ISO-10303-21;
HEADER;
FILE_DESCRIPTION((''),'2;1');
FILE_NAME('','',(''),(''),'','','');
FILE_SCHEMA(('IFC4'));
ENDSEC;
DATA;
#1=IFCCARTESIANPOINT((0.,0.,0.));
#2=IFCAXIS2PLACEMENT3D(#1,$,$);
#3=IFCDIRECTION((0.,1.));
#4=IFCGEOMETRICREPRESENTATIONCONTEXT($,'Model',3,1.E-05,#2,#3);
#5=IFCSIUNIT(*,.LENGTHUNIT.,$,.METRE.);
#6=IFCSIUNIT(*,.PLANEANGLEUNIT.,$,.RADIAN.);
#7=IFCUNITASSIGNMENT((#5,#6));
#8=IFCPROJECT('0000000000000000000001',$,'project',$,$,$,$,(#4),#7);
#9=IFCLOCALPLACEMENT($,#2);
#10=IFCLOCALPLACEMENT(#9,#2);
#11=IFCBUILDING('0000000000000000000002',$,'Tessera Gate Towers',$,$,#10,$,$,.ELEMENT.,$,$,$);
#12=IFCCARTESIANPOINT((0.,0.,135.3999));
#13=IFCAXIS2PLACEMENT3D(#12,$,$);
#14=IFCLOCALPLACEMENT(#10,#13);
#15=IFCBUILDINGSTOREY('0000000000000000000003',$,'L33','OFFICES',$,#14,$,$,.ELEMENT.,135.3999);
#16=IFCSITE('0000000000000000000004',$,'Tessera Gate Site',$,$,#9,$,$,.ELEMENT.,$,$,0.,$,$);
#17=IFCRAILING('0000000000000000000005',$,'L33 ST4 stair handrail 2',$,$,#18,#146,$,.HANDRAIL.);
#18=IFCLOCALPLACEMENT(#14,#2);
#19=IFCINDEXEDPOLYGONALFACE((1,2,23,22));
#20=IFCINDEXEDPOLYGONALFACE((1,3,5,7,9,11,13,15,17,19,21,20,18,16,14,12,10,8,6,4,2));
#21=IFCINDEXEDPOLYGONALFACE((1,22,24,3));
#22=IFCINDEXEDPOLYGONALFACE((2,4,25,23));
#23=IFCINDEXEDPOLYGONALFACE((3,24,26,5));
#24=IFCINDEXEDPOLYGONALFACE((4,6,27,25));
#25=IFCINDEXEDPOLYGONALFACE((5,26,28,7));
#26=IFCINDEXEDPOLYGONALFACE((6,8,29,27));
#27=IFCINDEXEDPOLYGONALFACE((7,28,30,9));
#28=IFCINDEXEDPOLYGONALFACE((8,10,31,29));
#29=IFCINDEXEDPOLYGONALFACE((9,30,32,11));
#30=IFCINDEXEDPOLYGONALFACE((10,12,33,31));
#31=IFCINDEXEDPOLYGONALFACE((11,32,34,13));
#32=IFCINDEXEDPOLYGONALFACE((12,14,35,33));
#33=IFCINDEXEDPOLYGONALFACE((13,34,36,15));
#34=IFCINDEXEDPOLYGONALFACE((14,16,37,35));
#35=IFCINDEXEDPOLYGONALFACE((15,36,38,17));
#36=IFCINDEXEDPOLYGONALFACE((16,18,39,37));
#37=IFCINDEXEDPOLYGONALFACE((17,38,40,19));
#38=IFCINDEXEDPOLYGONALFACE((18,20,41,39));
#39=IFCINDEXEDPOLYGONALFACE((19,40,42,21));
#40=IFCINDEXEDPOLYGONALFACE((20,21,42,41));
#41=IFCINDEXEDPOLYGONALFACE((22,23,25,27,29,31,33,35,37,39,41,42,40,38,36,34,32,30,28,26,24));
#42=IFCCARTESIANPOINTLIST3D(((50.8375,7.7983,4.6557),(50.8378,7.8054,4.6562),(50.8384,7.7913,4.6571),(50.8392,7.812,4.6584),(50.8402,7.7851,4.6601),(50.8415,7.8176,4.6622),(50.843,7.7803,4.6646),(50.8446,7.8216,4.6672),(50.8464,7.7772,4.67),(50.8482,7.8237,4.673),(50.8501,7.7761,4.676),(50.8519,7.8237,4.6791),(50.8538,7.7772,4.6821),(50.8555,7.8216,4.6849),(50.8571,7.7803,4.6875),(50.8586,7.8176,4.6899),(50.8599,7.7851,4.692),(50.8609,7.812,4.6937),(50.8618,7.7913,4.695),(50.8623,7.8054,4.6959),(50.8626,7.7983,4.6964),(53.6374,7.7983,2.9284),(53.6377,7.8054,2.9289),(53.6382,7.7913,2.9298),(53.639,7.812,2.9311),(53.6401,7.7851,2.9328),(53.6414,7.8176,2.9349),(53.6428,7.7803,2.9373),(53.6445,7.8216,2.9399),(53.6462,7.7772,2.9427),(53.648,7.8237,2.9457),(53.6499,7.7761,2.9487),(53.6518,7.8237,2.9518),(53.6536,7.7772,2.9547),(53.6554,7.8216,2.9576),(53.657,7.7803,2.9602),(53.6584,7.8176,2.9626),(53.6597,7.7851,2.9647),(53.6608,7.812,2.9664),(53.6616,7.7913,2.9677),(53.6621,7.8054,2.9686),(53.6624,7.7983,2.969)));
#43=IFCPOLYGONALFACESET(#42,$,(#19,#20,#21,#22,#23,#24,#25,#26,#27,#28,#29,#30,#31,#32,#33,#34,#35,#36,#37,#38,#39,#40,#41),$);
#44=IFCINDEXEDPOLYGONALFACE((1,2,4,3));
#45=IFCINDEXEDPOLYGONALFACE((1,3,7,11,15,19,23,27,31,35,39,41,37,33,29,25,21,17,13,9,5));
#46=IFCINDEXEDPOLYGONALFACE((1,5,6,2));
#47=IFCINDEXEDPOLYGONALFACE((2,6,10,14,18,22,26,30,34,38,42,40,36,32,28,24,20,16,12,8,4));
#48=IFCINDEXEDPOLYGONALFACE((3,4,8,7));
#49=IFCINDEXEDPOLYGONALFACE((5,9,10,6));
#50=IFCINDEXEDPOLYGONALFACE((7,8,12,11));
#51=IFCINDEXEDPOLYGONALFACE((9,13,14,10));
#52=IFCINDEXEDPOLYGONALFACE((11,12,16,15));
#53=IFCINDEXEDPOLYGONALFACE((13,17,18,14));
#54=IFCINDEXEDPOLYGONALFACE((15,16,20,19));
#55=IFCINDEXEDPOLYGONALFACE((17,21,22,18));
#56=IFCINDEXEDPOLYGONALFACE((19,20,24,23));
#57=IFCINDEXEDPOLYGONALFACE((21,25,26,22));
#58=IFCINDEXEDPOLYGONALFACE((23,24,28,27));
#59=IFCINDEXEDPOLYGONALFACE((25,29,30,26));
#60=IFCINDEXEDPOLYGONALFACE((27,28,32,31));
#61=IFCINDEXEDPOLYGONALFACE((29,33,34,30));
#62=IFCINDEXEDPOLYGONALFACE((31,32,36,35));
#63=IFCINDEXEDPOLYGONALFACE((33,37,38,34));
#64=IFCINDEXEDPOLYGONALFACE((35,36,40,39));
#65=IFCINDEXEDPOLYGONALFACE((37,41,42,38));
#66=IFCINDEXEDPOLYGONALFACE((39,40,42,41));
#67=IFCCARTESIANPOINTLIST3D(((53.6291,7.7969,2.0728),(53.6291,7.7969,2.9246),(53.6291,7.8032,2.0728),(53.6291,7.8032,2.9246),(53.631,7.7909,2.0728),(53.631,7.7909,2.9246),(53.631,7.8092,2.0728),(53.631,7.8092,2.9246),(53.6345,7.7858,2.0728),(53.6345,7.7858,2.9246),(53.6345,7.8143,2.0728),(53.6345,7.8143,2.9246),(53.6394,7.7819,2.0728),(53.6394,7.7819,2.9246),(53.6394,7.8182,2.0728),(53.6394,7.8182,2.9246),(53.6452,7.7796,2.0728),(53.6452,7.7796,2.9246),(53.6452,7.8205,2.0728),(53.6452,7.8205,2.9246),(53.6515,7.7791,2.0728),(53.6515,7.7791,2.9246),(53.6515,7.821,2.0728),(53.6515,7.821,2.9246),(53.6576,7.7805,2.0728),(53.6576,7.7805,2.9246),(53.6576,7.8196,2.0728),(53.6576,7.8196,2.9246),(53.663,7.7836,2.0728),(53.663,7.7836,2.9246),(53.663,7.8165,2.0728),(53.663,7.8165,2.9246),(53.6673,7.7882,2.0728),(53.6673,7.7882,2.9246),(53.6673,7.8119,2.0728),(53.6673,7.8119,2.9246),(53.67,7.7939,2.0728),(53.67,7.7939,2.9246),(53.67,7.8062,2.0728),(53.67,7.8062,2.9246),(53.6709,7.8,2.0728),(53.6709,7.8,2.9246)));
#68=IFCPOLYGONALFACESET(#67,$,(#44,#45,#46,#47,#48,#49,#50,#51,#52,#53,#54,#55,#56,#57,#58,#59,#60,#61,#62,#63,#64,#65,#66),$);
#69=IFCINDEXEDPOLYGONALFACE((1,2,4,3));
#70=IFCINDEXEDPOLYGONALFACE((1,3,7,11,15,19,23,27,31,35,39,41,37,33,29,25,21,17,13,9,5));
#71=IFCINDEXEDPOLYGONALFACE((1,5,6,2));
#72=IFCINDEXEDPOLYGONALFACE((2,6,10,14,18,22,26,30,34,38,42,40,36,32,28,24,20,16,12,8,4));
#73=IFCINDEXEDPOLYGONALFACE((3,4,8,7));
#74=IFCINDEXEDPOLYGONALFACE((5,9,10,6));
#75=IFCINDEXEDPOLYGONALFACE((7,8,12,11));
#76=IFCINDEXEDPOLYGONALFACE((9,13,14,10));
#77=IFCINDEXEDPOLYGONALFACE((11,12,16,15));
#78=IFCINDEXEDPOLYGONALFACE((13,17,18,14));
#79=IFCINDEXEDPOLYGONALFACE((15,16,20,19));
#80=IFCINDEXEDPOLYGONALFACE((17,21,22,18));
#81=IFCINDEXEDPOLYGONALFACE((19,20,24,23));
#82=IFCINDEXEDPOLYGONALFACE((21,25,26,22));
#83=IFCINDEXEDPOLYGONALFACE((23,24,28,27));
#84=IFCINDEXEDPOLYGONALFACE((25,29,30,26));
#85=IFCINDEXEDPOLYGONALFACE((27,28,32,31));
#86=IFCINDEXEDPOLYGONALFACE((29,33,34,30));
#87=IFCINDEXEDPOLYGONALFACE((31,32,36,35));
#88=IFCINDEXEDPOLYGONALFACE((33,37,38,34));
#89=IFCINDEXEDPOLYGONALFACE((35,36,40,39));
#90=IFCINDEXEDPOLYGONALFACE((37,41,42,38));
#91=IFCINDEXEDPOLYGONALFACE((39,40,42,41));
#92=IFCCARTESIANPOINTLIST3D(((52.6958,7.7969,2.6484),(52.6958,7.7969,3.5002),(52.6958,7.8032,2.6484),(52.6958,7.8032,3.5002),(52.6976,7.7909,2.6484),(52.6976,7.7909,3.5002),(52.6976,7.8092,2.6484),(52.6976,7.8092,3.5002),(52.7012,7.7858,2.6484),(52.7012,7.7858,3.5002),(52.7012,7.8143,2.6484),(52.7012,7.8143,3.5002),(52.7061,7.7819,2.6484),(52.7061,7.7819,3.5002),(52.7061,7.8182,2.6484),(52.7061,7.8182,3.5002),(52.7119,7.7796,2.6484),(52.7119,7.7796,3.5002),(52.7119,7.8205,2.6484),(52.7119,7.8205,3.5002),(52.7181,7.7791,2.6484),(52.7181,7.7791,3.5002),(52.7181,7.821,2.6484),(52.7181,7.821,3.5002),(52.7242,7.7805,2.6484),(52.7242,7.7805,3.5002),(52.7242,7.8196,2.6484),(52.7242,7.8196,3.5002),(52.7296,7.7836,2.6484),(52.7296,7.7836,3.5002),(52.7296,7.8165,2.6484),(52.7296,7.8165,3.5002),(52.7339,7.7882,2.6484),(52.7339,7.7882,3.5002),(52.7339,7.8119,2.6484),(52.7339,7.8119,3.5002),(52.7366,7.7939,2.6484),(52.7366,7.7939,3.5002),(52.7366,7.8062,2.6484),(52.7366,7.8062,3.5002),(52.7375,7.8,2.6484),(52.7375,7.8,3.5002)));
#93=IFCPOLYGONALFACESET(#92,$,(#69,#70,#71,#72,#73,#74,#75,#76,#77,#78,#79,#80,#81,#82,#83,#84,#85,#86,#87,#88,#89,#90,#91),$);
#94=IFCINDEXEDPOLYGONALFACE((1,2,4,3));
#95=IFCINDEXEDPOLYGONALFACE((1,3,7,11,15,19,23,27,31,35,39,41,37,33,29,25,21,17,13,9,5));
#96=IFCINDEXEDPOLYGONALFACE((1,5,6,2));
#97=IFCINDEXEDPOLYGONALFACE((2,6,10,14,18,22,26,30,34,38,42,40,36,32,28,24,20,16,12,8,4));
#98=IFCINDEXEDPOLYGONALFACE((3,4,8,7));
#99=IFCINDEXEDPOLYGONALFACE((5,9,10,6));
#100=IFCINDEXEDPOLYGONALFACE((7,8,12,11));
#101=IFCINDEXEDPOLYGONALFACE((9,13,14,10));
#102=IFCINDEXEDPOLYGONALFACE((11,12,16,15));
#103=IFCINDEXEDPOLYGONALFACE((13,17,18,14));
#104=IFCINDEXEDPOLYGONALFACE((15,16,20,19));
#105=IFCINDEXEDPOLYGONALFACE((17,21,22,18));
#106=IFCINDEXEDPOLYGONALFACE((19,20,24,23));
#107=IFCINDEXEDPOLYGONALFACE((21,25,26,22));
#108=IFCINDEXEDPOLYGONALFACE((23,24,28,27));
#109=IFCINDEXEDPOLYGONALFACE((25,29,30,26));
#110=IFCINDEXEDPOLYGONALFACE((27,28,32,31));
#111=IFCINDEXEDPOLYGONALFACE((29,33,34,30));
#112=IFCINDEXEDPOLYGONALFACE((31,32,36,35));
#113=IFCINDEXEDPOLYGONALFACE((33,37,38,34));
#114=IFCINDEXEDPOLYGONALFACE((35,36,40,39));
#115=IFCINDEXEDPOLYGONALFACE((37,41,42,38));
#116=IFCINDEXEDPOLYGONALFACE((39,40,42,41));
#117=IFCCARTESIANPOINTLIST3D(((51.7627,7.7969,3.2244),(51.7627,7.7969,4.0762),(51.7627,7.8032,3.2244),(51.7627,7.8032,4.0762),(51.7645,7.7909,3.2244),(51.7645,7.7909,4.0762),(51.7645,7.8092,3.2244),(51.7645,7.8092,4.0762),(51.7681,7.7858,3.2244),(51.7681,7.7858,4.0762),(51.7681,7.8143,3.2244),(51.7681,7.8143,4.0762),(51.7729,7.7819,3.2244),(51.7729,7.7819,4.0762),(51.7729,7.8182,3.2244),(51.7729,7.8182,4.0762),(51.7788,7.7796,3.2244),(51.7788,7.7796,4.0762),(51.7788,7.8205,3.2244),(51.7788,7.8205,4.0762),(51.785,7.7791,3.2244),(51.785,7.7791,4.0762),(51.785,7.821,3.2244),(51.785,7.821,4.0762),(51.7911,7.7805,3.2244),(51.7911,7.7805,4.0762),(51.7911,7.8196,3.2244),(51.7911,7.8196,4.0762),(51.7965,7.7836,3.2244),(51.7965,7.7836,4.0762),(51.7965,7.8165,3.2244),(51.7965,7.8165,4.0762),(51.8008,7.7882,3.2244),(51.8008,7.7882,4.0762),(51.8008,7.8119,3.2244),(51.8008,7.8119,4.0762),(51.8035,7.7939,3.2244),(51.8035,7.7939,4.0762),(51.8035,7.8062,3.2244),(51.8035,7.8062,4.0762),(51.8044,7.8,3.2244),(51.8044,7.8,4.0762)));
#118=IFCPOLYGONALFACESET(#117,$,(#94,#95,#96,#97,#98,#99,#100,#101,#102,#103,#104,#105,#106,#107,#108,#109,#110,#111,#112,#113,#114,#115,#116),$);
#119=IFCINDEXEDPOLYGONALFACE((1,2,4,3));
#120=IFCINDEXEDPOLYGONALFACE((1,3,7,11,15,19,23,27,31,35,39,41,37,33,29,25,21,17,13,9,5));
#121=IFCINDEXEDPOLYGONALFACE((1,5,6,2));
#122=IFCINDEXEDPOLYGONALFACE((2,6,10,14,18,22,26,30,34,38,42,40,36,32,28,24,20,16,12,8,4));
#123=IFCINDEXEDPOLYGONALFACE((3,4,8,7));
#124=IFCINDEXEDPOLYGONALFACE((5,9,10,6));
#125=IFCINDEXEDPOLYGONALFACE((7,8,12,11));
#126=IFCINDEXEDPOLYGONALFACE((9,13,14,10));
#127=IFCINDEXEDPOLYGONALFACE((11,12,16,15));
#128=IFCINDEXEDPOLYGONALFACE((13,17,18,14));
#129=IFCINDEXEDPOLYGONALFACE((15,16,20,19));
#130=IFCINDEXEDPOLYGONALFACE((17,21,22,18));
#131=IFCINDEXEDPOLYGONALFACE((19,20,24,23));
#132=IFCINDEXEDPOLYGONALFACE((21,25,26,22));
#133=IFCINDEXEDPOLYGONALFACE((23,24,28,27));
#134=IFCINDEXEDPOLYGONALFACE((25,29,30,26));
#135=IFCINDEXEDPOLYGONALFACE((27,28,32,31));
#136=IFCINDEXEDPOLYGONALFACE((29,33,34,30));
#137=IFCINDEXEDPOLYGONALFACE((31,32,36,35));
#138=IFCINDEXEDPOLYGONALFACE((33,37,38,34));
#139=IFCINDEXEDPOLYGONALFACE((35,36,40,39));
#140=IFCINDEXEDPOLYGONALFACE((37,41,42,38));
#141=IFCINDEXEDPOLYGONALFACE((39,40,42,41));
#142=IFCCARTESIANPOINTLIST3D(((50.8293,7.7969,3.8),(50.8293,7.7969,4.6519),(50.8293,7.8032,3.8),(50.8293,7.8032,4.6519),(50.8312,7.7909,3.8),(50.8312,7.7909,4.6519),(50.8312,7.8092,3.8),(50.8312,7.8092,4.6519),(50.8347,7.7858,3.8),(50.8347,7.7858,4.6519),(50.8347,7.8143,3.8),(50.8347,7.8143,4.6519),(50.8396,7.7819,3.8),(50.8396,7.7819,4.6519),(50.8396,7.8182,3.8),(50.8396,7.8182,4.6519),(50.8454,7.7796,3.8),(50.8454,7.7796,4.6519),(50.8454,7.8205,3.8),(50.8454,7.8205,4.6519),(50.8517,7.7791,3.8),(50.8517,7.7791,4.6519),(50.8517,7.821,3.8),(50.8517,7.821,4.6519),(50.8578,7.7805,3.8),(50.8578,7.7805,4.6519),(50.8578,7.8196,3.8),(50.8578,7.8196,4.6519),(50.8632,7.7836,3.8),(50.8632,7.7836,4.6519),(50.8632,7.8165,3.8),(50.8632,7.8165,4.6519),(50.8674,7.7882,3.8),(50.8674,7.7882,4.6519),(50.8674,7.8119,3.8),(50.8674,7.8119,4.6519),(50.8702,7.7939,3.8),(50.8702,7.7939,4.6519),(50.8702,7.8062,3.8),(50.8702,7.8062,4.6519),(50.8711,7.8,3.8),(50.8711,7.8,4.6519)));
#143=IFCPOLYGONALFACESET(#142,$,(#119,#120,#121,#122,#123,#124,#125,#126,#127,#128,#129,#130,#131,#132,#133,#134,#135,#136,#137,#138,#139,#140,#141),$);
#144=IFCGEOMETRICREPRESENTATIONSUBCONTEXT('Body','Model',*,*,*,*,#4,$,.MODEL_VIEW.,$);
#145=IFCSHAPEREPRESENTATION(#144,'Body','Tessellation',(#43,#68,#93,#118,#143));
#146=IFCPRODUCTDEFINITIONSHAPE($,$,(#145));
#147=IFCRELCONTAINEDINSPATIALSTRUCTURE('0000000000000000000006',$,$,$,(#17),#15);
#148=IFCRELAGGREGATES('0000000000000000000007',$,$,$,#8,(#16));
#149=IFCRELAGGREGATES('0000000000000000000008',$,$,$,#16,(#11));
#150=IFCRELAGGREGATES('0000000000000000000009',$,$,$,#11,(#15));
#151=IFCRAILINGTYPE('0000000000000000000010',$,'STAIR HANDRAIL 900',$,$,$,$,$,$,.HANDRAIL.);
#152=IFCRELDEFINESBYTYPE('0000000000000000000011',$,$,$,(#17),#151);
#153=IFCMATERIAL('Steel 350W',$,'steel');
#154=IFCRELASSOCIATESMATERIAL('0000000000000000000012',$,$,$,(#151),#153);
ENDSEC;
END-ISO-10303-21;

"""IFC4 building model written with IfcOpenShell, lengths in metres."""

from ifc_helpers import new_model, si_unit, direction, frame, origin, origin_2d, place, context, subcontext, project, spatial, circle, extrude, material, type_object, element, save


model = new_model("IFC4")

# Units and contexts
model_context = context("Model", 3, precision=1e-05, world=origin(), true_north=direction((0.0, 1.0)))
body_context = subcontext(model_context, "Body", "Model", "MODEL_VIEW")
ifc_project = project(units=[si_unit("LENGTHUNIT", "METRE"), si_unit("PLANEANGLEUNIT", "RADIAN")], contexts=[model_context])

# Site, building, storey
site_placement = place(None, origin())
site = spatial("IfcSite", under=ifc_project, at=site_placement, Name="Tessera Gate Site", CompositionType="ELEMENT", RefElevation=0.0)
building_placement = place(site_placement, origin())
building = spatial("IfcBuilding", under=site, at=building_placement, Name="Tessera Gate Towers", CompositionType="ELEMENT")
storey_placement = place(building_placement, frame((0.0, 0.0, 135.3999)))
storey = spatial("IfcBuildingStorey", under=building, at=storey_placement, Name="L33", Description="OFFICES", CompositionType="ELEMENT", Elevation=135.3999)

# Railing
ifc_material_1 = material(Name="Steel 350W", Category="steel")
railing_type_1 = type_object("IfcRailingType", Name="STAIR HANDRAIL 900", PredefinedType="HANDRAIL", material=ifc_material_1)
railing_1_placement = place(storey_placement, frame((53.6499, 7.8, 2.0728)))
element("IfcRailing", 1, at=railing_1_placement, inside=storey, type_object=railing_type_1, Name="L33 ST4 stair handrail 2", PredefinedType="HANDRAIL", context=body_context, shape_type="SweptSolid", body=[
    extrude(circle(Radius=0.0239, at=origin_2d()), frame((0.0, 0.0, 0.876), z_axis=(-0.851069, 0.0, 0.525054), x_axis=(0.0, -1.0, 0.0)), (0.0, 0.0, 1.0), 3.2898),
    extrude(circle(Radius=0.021, at=origin_2d()), origin(), (0.0, 0.0, 1.0), 0.8518),
    extrude(circle(Radius=0.021, at=origin_2d()), frame((-0.9333, 0.0, 0.5757)), (0.0, 0.0, 1.0), 0.8518),
    extrude(circle(Radius=0.021, at=origin_2d()), frame((-1.8665, 0.0, 1.1516)), (0.0, 0.0, 1.0), 0.8518),
    extrude(circle(Radius=0.021, at=origin_2d()), frame((-2.7998, 0.0, 1.7273)), (0.0, 0.0, 1.0), 0.8518),
])

save(model, "model.ifc")
